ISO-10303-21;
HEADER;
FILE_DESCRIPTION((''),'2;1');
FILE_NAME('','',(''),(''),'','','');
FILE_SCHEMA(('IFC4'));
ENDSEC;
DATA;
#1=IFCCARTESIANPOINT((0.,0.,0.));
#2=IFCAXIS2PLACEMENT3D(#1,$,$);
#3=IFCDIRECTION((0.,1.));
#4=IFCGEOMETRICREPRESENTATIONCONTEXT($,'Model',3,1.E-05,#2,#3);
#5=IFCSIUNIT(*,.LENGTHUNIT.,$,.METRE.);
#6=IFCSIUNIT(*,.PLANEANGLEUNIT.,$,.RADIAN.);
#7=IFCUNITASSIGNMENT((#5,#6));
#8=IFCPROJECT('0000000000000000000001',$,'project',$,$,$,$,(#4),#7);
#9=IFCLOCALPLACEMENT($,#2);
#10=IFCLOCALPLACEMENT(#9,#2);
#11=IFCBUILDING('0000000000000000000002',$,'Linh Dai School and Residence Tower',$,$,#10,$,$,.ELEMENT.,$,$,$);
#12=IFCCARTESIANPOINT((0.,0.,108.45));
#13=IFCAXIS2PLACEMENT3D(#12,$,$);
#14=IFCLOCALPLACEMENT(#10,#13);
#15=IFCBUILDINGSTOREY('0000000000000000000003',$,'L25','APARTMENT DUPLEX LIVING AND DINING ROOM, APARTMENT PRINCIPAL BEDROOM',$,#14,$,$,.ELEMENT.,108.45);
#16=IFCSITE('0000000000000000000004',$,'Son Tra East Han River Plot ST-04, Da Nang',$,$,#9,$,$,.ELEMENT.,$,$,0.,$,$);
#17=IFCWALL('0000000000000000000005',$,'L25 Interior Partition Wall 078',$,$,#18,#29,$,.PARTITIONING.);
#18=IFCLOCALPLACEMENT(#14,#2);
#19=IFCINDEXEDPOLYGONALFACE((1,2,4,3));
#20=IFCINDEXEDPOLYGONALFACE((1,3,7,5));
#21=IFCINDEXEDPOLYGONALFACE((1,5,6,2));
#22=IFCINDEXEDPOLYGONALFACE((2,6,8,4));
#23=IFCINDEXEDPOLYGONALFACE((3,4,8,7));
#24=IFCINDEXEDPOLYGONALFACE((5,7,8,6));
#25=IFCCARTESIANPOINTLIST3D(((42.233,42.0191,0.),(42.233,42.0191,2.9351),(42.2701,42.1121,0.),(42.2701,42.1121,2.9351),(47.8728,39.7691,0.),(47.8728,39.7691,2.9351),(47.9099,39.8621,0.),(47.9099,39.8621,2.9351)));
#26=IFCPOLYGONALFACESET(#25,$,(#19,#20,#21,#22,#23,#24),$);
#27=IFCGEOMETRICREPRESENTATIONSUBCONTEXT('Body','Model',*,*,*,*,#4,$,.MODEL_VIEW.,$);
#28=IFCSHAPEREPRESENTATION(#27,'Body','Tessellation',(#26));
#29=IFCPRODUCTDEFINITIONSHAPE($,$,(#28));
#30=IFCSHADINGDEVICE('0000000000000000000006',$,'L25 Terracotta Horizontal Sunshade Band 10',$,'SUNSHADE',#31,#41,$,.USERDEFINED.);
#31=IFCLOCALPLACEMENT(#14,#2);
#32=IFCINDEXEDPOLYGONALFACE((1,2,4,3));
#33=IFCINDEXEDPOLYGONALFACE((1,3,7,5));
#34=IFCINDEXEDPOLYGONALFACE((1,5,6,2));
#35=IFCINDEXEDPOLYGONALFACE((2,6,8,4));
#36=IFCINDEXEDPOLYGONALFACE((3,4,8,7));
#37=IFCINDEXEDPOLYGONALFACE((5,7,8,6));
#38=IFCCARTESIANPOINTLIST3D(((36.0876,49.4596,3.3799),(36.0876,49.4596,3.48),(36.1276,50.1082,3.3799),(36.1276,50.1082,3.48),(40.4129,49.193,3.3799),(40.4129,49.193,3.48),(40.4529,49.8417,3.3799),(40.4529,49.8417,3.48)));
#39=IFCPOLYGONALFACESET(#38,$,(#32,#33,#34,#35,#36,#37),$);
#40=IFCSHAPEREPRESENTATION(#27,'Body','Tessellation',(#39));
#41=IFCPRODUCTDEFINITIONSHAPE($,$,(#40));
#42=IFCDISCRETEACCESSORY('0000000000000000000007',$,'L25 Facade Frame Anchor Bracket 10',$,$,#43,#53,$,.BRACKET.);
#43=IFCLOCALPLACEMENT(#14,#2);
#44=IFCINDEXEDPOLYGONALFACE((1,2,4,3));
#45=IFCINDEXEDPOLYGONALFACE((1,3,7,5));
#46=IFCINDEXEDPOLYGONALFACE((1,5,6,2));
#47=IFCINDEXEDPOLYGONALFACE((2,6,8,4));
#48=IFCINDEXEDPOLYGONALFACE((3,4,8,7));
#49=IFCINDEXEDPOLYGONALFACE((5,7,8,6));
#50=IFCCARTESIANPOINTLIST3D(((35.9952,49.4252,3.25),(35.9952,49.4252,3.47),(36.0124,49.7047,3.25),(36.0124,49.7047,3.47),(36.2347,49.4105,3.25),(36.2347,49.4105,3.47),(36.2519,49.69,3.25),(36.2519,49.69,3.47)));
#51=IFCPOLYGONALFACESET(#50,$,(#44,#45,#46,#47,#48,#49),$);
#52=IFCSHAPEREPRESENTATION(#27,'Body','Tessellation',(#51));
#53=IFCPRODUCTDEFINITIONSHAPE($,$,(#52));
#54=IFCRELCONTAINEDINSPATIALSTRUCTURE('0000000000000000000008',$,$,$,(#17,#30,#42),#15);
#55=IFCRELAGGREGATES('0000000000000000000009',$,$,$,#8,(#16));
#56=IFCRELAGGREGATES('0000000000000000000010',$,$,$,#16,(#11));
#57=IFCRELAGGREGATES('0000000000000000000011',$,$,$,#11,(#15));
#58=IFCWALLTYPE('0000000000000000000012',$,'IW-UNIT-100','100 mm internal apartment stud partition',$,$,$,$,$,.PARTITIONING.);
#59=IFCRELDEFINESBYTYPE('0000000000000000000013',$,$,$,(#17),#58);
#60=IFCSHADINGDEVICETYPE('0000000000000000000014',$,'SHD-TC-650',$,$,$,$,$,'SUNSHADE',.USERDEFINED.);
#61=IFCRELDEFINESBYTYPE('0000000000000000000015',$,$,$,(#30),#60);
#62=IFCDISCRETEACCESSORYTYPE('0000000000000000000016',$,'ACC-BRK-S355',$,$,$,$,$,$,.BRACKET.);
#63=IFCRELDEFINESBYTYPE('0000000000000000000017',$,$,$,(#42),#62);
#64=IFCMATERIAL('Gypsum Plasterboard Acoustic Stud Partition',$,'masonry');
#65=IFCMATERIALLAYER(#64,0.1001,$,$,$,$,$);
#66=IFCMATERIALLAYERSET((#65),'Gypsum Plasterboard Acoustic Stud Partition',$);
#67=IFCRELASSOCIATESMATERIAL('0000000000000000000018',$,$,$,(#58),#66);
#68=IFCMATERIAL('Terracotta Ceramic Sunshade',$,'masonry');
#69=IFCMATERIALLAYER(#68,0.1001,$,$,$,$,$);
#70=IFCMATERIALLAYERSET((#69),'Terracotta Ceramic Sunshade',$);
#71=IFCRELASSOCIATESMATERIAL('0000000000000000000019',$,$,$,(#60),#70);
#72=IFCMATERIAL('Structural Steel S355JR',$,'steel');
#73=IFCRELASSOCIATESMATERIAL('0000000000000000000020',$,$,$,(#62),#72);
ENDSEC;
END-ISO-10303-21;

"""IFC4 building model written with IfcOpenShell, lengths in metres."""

from ifc_helpers import new_model, si_unit, direction, frame, frame_2d, origin, origin_2d, place, context, subcontext, project, spatial, rectangle, extrude, source, transform, mapped, material, layer, layer_set, type_object, element, save


model = new_model("IFC4")

# Units and contexts
model_context = context("Model", 3, precision=1e-05, world=origin(), true_north=direction((0.0, 1.0)))
body_context = subcontext(model_context, "Body", "Model", "MODEL_VIEW")
ifc_project = project(units=[si_unit("LENGTHUNIT", "METRE"), si_unit("PLANEANGLEUNIT", "RADIAN")], contexts=[model_context])

# Site, building, storey
site_placement = place(None, origin())
site = spatial("IfcSite", under=ifc_project, at=site_placement, Name="Son Tra East Han River Plot ST-04, Da Nang", CompositionType="ELEMENT", RefElevation=0.0)
building_placement = place(site_placement, origin())
building = spatial("IfcBuilding", under=site, at=building_placement, Name="Linh Dai School and Residence Tower", CompositionType="ELEMENT")
storey_placement = place(building_placement, frame((0.0, 0.0, 108.45)))
storey = spatial("IfcBuildingStorey", under=building, at=storey_placement, Name="L25", Description="APARTMENT DUPLEX LIVING AND DINING ROOM, APARTMENT PRINCIPAL BEDROOM", CompositionType="ELEMENT", Elevation=108.45)

# Shared definitions
ifc_material_1 = material(Name="Structural Steel S355JR", Category="steel")

# Shared definitions
ifc_material_2 = material(Name="Gypsum Plasterboard Acoustic Stud Partition", Category="masonry")
ifc_layer_1 = layer(ifc_material_2, 0.1001)
ifc_layer_set_1 = layer_set([ifc_layer_1], Name="Gypsum Plasterboard Acoustic Stud Partition")
wall_type_1 = type_object("IfcWallType", Name="IW-UNIT-100", Description="100 mm internal apartment stud partition", PredefinedType="PARTITIONING", material=ifc_layer_set_1)

# Wall
wall_1_placement = place(storey_placement, frame((42.2515, 42.0657, 0.0), z_axis=(0.0, 0.0, 1.0), x_axis=(0.928809, -0.370559, 0.0)))
element("IfcWall", 1, at=wall_1_placement, inside=storey, type_object=wall_type_1, Name="L25 Interior Partition Wall 078", PredefinedType="PARTITIONING", context=body_context, shape_type="SweptSolid", body=[
    extrude(rectangle(XDim=6.072, YDim=0.1001, at=frame_2d((3.0361, 0.0))), origin(), (0.0, 0.0, 1.0), 2.9351),
])

# Shading device
ifc_material_3 = material(Name="Terracotta Ceramic Sunshade", Category="masonry")
ifc_layer_2 = layer(ifc_material_3, 0.1001)
ifc_layer_set_2 = layer_set([ifc_layer_2], Name="Terracotta Ceramic Sunshade")
shading_device_type = type_object("IfcShadingDeviceType", Name="SHD-TC-650", ElementType="SUNSHADE", PredefinedType="USERDEFINED", material=ifc_layer_set_2)
shared_shape_1 = source(origin(), body_context, "Body", "SweptSolid", [
    extrude(rectangle(XDim=4.3335, YDim=0.6499, at=origin_2d()), origin(), (0.0, 0.0, 1.0), 0.1001),
])
shading_device_placement = place(storey_placement, frame((38.2703, 49.6506, 3.3799), z_axis=(0.0, 0.0, 1.0), x_axis=(0.998107, -0.061509, 0.0)))
element("IfcShadingDevice", 2, at=shading_device_placement, inside=storey, type_object=shading_device_type, Name="L25 Terracotta Horizontal Sunshade Band 10", ObjectType="SUNSHADE", PredefinedType="USERDEFINED", context=body_context, shape_type="MappedRepresentation", body=[
    mapped(shared_shape_1, transform((0.0, 0.0, 0.0), x_axis=(1.0, 0.0, 0.0), y_axis=(0.0, 1.0, 0.0), z_axis=(0.0, 0.0, 1.0), scale=1.0)),
])

# Discrete accessory
discrete_accessory_type = type_object("IfcDiscreteAccessoryType", Name="ACC-BRK-S355", PredefinedType="BRACKET", material=ifc_material_1)
shared_shape_2 = source(origin(), body_context, "Body", "SweptSolid", [
    extrude(rectangle(XDim=0.28, YDim=0.24, at=origin_2d()), origin(), (0.0, 0.0, 1.0), 0.22),
])
discrete_accessory_placement = place(storey_placement, frame((36.1235, 49.5576, 3.25), z_axis=(0.0, 0.0, 1.0), x_axis=(0.061509, 0.998107, 0.0)))
element("IfcDiscreteAccessory", 3, at=discrete_accessory_placement, inside=storey, type_object=discrete_accessory_type, Name="L25 Facade Frame Anchor Bracket 10", PredefinedType="BRACKET", context=body_context, shape_type="MappedRepresentation", body=[
    mapped(shared_shape_2, transform((0.0, 0.0, 0.0), x_axis=(1.0, 0.0, 0.0), y_axis=(0.0, 1.0, 0.0), z_axis=(0.0, 0.0, 1.0), scale=1.0)),
])

save(model, "model.ifc")
